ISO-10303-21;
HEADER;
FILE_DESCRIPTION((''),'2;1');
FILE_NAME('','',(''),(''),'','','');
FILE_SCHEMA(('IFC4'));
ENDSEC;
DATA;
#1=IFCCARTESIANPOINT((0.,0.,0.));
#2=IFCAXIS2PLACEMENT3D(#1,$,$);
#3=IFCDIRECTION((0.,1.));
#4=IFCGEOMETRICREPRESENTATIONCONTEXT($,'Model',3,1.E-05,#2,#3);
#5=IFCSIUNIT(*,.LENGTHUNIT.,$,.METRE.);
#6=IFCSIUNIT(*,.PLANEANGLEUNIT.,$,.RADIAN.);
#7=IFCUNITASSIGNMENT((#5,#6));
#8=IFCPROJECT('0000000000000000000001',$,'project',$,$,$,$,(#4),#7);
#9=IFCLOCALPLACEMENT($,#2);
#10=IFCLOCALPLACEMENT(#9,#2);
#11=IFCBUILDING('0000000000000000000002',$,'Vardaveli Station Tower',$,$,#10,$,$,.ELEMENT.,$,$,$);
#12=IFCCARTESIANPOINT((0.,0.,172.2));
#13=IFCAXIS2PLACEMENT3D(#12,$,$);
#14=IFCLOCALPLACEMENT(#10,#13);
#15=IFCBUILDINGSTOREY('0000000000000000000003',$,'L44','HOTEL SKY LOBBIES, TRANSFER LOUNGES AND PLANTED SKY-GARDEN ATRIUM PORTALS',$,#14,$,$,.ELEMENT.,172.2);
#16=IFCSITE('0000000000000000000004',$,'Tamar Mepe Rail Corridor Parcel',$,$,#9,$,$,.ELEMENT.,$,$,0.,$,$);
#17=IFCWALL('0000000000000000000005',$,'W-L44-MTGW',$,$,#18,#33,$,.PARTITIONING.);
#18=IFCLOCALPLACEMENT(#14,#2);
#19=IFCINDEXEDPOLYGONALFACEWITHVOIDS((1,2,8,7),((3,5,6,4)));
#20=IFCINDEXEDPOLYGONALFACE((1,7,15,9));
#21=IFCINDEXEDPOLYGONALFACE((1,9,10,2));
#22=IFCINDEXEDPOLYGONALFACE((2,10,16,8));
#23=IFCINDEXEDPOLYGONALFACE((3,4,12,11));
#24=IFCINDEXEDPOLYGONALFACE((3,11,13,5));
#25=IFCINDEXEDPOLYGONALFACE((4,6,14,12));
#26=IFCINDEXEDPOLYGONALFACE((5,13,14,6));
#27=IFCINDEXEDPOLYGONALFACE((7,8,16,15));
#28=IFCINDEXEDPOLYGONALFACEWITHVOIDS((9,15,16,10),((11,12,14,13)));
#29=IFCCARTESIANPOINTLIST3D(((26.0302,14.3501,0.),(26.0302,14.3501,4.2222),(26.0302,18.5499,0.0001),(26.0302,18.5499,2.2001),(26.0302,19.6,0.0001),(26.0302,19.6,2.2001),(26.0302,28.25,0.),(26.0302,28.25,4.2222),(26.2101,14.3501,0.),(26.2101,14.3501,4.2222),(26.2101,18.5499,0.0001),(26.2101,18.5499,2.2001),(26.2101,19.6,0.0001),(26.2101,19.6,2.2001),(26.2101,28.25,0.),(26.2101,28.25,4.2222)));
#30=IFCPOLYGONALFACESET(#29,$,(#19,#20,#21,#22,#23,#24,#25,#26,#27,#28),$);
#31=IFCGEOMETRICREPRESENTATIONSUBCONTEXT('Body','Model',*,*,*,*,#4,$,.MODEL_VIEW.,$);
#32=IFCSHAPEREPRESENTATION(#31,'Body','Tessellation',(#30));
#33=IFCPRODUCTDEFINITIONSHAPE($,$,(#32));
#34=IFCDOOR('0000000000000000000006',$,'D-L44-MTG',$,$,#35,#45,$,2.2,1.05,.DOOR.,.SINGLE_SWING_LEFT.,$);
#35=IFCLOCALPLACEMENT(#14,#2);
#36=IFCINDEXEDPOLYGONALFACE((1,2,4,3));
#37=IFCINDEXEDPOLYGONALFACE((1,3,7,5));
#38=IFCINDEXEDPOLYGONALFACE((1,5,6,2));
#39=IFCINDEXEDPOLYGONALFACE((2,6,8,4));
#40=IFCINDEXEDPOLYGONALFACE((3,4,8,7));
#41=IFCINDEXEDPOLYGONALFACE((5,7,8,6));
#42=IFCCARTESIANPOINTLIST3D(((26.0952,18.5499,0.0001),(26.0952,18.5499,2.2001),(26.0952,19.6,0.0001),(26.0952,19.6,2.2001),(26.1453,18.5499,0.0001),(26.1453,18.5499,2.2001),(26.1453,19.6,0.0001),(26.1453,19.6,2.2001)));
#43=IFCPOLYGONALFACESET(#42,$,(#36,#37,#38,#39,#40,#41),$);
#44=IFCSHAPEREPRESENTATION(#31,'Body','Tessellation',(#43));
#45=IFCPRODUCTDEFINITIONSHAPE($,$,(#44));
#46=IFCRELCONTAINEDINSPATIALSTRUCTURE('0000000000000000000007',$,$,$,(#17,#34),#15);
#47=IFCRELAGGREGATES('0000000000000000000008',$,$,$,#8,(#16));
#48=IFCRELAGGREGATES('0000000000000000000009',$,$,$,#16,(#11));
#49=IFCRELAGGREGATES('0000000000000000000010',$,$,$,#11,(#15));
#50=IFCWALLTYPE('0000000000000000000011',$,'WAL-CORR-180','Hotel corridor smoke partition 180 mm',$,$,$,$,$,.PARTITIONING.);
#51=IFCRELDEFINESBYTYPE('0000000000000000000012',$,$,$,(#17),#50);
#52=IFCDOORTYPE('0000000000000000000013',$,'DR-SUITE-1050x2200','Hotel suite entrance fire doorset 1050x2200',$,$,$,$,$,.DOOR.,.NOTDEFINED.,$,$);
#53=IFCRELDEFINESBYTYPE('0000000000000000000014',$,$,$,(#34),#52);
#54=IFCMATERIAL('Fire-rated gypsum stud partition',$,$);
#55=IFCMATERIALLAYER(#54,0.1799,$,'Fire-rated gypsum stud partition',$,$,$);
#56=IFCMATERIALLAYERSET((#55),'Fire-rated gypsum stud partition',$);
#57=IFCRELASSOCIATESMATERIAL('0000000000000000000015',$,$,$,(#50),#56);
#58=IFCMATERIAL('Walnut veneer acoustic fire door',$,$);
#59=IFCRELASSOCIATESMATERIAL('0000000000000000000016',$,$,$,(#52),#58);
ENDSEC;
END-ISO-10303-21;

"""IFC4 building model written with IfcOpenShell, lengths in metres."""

from ifc_helpers import new_model, si_unit, direction, frame, frame_2d, origin, place, context, subcontext, project, spatial, rectangle, extrude, source, transform, mapped, material, layer, layer_set, type_object, element, fill, save


model = new_model("IFC4")

# Units and contexts
model_context = context("Model", 3, precision=1e-05, world=origin(), true_north=direction((0.0, 1.0)))
body_context = subcontext(model_context, "Body", "Model", "MODEL_VIEW")
ifc_project = project(units=[si_unit("LENGTHUNIT", "METRE"), si_unit("PLANEANGLEUNIT", "RADIAN")], contexts=[model_context])

# Site, building, storey
site_placement = place(None, origin())
site = spatial("IfcSite", under=ifc_project, at=site_placement, Name="Tamar Mepe Rail Corridor Parcel", CompositionType="ELEMENT", RefElevation=0.0)
building_placement = place(site_placement, origin())
building = spatial("IfcBuilding", under=site, at=building_placement, Name="Vardaveli Station Tower", CompositionType="ELEMENT")
storey_placement = place(building_placement, frame((0.0, 0.0, 172.2)))
storey = spatial("IfcBuildingStorey", under=building, at=storey_placement, Name="L44", Description="HOTEL SKY LOBBIES, TRANSFER LOUNGES AND PLANTED SKY-GARDEN ATRIUM PORTALS", CompositionType="ELEMENT", Elevation=172.2)

# Wall, opening, door
ifc_material_1 = material(Name="Fire-rated gypsum stud partition")
ifc_layer_1 = layer(ifc_material_1, 0.1799, Name="Fire-rated gypsum stud partition")
ifc_layer_set_1 = layer_set([ifc_layer_1], Name="Fire-rated gypsum stud partition")
wall_type_1 = type_object("IfcWallType", Name="WAL-CORR-180", Description="Hotel corridor smoke partition 180 mm", PredefinedType="PARTITIONING", material=ifc_layer_set_1)
shared_shape_1 = source(origin(), body_context, "Body", "SweptSolid", [
    extrude(rectangle(XDim=13.8999, YDim=0.1799, at=frame_2d((6.95, 0.0))), origin(), (0.0, 0.0, 1.0), 4.2222),
])
wall_1_placement = place(storey_placement, frame((26.1201, 14.3501, 0.0), z_axis=(0.0, 0.0, 1.0), x_axis=(0.0, 1.0, 0.0)))
wall_1 = element("IfcWall", 1, at=wall_1_placement, inside=storey, type_object=wall_type_1, Name="W-L44-MTGW", PredefinedType="PARTITIONING", context=body_context, shape_type="MappedRepresentation", body=[
    mapped(shared_shape_1, transform((0.0, 0.0, 0.0), scale=1.0)),
])
shared_shape_2 = source(origin(), body_context, "Body", "SweptSolid", [
    extrude(rectangle(XDim=1.05, YDim=2.2, at=frame_2d((0.5249, 1.1001))), frame((0.0, 0.1001, 0.0), z_axis=(0.0, -1.0, 0.0), x_axis=(1.0, 0.0, 0.0)), (0.0, 0.0, 1.0), 0.2),
])
opening_placement = place(wall_1_placement, frame((4.2, 0.0, 0.0)))
opening = element("IfcOpeningElement", 2, at=opening_placement, cuts=wall_1, PredefinedType="OPENING", context=body_context, shape_type="MappedRepresentation", body=[
    mapped(shared_shape_2, transform((0.0, 0.0, 0.0), scale=1.0)),
])
ifc_material_2 = material(Name="Walnut veneer acoustic fire door")
door_type = type_object("IfcDoorType", Name="DR-SUITE-1050x2200", Description="Hotel suite entrance fire doorset 1050x2200", OperationType="NOTDEFINED", PredefinedType="DOOR", material=ifc_material_2)
shared_shape_3 = source(origin(), body_context, "Body", "SweptSolid", [
    extrude(rectangle(XDim=1.05, YDim=2.2, at=frame_2d((0.5249, 1.1001))), frame((0.0, 0.0249, 0.0), z_axis=(0.0, -1.0, 0.0), x_axis=(1.0, 0.0, 0.0)), (0.0, 0.0, 1.0), 0.05),
])
door_placement = place(opening_placement, origin())
door = element("IfcDoor", 3, at=door_placement, inside=storey, type_object=door_type, Name="D-L44-MTG", OperationType="SINGLE_SWING_LEFT", OverallHeight=2.2, OverallWidth=1.05, PredefinedType="DOOR", context=body_context, shape_type="MappedRepresentation", body=[
    mapped(shared_shape_3, transform((0.0, 0.0, 0.0), scale=1.0)),
])
fill(opening, door)

save(model, "model.ifc")
